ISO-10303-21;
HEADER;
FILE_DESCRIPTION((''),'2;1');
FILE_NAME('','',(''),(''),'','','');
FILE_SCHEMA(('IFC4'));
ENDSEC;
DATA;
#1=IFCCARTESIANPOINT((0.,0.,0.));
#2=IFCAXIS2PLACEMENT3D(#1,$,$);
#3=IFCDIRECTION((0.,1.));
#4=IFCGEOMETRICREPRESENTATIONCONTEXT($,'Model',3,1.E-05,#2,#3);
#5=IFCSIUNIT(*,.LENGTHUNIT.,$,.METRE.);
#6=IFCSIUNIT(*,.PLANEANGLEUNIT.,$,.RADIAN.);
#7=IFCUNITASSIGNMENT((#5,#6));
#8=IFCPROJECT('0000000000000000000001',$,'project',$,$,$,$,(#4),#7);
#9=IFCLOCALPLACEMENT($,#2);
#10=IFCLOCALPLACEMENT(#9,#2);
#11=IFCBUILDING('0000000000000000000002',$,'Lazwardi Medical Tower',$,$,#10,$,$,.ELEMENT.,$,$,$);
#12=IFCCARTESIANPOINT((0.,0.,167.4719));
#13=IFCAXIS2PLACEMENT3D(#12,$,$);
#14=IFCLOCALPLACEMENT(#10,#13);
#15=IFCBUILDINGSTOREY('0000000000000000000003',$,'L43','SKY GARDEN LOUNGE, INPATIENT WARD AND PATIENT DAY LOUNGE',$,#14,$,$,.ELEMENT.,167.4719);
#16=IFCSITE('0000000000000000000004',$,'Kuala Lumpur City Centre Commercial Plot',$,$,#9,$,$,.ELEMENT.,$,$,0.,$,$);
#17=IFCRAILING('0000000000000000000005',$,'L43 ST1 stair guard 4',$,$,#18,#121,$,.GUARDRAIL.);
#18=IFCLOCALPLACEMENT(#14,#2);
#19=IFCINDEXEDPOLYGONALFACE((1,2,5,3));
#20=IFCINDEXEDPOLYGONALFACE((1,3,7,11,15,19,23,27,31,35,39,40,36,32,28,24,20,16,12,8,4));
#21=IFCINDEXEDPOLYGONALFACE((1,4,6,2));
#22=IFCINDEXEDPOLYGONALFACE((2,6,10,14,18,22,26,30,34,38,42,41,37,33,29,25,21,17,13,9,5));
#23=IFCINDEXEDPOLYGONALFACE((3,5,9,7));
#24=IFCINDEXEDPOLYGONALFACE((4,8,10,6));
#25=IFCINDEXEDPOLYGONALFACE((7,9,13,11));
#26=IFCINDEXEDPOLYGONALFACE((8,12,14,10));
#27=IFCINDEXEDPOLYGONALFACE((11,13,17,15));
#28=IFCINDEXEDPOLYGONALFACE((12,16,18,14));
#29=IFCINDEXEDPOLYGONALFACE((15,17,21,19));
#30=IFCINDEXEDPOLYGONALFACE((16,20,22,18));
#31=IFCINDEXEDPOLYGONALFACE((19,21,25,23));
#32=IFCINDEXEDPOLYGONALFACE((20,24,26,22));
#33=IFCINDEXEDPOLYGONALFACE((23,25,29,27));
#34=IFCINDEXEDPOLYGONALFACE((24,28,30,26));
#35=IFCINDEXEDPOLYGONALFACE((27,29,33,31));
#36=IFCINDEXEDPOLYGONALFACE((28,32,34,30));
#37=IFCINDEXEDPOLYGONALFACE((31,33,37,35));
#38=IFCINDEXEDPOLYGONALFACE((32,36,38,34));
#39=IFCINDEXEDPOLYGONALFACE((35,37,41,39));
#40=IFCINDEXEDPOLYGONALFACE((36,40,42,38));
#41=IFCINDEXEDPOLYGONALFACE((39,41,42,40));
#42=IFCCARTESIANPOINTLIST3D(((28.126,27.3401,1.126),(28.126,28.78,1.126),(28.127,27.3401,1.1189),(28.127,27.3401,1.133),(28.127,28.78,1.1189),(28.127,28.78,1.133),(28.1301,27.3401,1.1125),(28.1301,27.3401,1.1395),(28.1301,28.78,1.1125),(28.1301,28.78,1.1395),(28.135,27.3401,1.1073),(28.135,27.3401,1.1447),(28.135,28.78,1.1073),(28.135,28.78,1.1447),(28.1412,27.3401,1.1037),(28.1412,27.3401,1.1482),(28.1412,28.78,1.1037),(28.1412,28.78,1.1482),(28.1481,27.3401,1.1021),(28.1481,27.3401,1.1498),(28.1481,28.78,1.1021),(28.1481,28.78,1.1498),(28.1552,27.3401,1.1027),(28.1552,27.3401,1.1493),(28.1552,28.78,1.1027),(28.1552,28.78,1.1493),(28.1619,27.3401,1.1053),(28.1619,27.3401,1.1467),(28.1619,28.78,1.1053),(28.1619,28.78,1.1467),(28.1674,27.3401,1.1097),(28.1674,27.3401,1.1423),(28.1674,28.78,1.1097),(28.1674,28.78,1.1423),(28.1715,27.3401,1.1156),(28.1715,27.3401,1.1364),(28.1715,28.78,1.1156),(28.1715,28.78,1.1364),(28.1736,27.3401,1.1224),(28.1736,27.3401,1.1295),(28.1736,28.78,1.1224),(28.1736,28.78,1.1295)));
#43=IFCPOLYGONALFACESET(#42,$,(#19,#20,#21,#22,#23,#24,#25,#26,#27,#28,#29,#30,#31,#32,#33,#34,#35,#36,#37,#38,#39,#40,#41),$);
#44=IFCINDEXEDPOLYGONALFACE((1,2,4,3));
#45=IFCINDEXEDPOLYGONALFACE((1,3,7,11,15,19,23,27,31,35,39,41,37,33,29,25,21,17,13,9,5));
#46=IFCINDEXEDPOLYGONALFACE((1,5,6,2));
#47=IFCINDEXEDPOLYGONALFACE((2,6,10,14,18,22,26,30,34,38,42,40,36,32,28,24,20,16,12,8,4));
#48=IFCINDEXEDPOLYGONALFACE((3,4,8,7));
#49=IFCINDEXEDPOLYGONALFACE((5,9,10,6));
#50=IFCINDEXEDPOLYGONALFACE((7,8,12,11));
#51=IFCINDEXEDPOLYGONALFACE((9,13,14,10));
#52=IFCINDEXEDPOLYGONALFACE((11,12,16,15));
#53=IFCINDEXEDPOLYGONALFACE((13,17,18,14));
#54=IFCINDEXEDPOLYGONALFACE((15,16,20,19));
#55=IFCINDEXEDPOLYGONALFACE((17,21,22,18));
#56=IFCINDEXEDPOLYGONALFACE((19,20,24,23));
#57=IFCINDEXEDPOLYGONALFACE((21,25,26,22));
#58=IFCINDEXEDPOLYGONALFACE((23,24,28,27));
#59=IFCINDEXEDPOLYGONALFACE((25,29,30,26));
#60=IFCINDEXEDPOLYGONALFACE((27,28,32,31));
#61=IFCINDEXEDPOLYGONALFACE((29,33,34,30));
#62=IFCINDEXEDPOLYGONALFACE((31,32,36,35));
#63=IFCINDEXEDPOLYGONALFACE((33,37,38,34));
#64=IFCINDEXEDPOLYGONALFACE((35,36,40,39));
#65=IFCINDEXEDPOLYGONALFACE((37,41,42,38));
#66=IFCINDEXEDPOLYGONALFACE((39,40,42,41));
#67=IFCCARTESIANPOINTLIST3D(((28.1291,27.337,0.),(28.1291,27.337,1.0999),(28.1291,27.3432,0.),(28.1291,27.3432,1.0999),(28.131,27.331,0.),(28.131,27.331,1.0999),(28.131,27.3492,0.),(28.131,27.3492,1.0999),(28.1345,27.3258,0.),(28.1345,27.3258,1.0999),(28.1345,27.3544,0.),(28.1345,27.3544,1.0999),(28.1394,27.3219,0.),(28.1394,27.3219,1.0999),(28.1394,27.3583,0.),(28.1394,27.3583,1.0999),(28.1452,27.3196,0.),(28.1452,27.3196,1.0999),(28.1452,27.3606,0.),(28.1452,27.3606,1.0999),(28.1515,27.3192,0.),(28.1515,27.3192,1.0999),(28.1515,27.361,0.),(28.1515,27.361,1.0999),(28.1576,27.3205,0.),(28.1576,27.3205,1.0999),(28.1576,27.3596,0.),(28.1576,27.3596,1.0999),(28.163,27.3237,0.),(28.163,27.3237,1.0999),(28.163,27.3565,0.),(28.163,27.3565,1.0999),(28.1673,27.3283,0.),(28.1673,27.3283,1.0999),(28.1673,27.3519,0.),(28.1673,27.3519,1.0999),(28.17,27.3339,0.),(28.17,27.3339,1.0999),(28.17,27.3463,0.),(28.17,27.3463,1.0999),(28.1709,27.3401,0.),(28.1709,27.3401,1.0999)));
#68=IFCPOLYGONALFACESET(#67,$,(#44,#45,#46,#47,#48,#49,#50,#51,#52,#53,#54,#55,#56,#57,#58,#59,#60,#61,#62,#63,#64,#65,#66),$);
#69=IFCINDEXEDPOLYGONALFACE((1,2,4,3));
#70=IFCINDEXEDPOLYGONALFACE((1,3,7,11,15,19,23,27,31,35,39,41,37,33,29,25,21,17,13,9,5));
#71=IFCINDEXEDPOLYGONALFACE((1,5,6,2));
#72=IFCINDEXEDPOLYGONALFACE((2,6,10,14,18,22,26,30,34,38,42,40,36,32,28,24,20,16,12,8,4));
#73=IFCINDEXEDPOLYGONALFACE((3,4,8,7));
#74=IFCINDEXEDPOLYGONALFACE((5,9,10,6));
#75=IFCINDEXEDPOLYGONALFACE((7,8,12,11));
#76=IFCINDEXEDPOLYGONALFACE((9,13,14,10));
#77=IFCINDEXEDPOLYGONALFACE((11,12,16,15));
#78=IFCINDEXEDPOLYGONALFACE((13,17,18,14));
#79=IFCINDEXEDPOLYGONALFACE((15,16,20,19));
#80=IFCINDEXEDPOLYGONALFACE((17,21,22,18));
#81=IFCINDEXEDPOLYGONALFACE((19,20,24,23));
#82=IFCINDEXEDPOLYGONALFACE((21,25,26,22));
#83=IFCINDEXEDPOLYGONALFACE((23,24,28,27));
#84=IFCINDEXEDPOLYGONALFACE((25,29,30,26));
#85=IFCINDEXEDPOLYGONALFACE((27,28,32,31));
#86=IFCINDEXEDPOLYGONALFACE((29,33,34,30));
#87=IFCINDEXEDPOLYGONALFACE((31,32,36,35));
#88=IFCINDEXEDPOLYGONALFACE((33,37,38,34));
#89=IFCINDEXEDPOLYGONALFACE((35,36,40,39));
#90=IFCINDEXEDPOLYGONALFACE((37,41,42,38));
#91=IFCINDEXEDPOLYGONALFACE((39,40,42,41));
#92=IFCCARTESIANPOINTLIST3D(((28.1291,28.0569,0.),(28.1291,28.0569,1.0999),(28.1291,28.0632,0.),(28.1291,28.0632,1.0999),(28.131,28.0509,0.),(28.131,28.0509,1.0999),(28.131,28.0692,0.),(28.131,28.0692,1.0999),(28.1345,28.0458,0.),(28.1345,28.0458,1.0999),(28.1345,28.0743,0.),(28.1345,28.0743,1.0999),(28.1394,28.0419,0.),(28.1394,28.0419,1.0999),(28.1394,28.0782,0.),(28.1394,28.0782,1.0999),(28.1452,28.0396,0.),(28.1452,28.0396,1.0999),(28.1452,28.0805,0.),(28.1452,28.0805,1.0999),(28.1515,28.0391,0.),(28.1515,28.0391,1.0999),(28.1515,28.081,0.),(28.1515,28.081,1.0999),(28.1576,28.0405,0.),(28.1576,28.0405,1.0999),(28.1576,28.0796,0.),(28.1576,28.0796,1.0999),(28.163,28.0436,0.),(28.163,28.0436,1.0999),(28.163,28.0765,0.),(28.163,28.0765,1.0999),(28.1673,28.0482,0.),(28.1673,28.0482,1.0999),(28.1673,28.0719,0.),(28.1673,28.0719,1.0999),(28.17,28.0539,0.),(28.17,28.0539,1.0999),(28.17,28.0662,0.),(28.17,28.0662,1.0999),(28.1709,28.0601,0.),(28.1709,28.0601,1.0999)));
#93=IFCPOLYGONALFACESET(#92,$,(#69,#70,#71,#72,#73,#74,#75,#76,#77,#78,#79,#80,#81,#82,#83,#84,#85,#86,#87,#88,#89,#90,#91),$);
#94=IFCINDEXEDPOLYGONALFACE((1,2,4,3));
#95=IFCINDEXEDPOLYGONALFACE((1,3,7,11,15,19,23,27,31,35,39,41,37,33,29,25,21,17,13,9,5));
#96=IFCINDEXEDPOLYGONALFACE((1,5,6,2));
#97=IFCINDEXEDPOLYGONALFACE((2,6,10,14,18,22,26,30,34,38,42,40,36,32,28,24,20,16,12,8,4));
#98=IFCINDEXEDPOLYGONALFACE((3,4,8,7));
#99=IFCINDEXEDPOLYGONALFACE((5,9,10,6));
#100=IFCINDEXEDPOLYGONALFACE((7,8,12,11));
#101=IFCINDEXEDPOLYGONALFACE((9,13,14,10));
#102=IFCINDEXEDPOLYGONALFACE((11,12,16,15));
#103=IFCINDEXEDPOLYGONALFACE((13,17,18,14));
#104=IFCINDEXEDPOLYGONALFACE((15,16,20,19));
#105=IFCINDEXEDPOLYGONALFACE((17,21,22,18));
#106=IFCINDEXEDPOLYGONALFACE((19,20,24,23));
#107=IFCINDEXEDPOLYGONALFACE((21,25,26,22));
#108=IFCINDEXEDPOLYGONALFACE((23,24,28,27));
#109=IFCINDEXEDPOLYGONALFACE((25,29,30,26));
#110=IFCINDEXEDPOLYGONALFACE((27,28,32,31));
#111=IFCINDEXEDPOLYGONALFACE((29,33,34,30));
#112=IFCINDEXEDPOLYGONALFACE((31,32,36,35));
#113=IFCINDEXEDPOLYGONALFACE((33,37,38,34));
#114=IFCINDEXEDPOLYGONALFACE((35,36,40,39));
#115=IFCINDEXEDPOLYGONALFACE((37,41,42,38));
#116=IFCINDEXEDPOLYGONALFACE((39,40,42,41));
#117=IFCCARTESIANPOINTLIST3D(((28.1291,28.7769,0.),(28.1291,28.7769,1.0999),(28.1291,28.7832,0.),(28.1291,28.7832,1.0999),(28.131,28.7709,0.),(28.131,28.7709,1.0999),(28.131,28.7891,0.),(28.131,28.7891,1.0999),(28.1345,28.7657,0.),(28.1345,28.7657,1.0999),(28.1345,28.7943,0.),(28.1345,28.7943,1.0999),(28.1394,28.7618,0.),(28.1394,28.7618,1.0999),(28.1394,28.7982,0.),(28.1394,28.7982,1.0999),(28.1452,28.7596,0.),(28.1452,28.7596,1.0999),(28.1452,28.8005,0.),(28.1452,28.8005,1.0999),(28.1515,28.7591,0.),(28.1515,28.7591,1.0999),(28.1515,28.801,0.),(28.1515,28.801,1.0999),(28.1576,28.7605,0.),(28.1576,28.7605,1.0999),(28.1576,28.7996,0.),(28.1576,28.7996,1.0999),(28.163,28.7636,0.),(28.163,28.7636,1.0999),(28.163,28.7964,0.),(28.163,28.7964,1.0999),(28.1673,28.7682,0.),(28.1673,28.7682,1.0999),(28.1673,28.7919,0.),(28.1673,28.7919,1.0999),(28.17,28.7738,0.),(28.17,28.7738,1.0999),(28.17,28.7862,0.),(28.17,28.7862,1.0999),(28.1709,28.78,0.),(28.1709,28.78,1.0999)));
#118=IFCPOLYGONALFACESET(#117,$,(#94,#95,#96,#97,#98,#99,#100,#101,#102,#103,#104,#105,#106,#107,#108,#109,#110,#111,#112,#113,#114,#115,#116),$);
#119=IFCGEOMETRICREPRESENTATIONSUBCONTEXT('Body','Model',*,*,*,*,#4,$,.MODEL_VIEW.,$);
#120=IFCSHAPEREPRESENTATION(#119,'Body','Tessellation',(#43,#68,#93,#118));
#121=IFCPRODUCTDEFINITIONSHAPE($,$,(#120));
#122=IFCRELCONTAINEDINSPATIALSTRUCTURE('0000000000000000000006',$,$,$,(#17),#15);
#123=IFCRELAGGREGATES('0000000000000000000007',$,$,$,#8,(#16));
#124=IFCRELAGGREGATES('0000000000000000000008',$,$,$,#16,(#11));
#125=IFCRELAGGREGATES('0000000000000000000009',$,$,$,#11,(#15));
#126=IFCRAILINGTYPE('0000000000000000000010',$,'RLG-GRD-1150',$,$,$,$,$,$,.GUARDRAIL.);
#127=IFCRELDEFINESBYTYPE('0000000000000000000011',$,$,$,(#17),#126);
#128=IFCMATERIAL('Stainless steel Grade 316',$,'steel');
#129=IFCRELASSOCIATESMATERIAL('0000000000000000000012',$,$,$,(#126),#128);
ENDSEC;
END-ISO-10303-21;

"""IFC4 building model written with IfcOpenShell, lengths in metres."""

from ifc_helpers import new_model, si_unit, direction, frame, origin, origin_2d, place, context, subcontext, project, spatial, circle, extrude, material, type_object, element, save


model = new_model("IFC4")

# Units and contexts
model_context = context("Model", 3, precision=1e-05, world=origin(), true_north=direction((0.0, 1.0)))
body_context = subcontext(model_context, "Body", "Model", "MODEL_VIEW")
ifc_project = project(units=[si_unit("LENGTHUNIT", "METRE"), si_unit("PLANEANGLEUNIT", "RADIAN")], contexts=[model_context])

# Site, building, storey
site_placement = place(None, origin())
site = spatial("IfcSite", under=ifc_project, at=site_placement, Name="Kuala Lumpur City Centre Commercial Plot", CompositionType="ELEMENT", RefElevation=0.0)
building_placement = place(site_placement, origin())
building = spatial("IfcBuilding", under=site, at=building_placement, Name="Lazwardi Medical Tower", CompositionType="ELEMENT")
storey_placement = place(building_placement, frame((0.0, 0.0, 167.4719)))
storey = spatial("IfcBuildingStorey", under=building, at=storey_placement, Name="L43", Description="SKY GARDEN LOUNGE, INPATIENT WARD AND PATIENT DAY LOUNGE", CompositionType="ELEMENT", Elevation=167.4719)

# Railing
ifc_material_1 = material(Name="Stainless steel Grade 316", Category="steel")
railing_type_1 = type_object("IfcRailingType", Name="RLG-GRD-1150", PredefinedType="GUARDRAIL", material=ifc_material_1)
railing_1_placement = place(storey_placement, frame((28.1499, 27.3401, 0.0)))
element("IfcRailing", 1, at=railing_1_placement, inside=storey, type_object=railing_type_1, Name="L43 ST1 stair guard 4", PredefinedType="GUARDRAIL", context=body_context, shape_type="SweptSolid", body=[
    extrude(circle(Radius=0.0239, at=origin_2d()), frame((0.0, 0.0, 1.126), z_axis=(0.0, 1.0, 0.0), x_axis=(-1.0, 0.0, 0.0)), (0.0, 0.0, 1.0), 1.4399),
    extrude(circle(Radius=0.021, at=origin_2d()), origin(), (0.0, 0.0, 1.0), 1.0999),
    extrude(circle(Radius=0.021, at=origin_2d()), frame((0.0, 0.72, 0.0)), (0.0, 0.0, 1.0), 1.0999),
    extrude(circle(Radius=0.021, at=origin_2d()), frame((0.0, 1.4399, 0.0)), (0.0, 0.0, 1.0), 1.0999),
])

save(model, "model.ifc")
